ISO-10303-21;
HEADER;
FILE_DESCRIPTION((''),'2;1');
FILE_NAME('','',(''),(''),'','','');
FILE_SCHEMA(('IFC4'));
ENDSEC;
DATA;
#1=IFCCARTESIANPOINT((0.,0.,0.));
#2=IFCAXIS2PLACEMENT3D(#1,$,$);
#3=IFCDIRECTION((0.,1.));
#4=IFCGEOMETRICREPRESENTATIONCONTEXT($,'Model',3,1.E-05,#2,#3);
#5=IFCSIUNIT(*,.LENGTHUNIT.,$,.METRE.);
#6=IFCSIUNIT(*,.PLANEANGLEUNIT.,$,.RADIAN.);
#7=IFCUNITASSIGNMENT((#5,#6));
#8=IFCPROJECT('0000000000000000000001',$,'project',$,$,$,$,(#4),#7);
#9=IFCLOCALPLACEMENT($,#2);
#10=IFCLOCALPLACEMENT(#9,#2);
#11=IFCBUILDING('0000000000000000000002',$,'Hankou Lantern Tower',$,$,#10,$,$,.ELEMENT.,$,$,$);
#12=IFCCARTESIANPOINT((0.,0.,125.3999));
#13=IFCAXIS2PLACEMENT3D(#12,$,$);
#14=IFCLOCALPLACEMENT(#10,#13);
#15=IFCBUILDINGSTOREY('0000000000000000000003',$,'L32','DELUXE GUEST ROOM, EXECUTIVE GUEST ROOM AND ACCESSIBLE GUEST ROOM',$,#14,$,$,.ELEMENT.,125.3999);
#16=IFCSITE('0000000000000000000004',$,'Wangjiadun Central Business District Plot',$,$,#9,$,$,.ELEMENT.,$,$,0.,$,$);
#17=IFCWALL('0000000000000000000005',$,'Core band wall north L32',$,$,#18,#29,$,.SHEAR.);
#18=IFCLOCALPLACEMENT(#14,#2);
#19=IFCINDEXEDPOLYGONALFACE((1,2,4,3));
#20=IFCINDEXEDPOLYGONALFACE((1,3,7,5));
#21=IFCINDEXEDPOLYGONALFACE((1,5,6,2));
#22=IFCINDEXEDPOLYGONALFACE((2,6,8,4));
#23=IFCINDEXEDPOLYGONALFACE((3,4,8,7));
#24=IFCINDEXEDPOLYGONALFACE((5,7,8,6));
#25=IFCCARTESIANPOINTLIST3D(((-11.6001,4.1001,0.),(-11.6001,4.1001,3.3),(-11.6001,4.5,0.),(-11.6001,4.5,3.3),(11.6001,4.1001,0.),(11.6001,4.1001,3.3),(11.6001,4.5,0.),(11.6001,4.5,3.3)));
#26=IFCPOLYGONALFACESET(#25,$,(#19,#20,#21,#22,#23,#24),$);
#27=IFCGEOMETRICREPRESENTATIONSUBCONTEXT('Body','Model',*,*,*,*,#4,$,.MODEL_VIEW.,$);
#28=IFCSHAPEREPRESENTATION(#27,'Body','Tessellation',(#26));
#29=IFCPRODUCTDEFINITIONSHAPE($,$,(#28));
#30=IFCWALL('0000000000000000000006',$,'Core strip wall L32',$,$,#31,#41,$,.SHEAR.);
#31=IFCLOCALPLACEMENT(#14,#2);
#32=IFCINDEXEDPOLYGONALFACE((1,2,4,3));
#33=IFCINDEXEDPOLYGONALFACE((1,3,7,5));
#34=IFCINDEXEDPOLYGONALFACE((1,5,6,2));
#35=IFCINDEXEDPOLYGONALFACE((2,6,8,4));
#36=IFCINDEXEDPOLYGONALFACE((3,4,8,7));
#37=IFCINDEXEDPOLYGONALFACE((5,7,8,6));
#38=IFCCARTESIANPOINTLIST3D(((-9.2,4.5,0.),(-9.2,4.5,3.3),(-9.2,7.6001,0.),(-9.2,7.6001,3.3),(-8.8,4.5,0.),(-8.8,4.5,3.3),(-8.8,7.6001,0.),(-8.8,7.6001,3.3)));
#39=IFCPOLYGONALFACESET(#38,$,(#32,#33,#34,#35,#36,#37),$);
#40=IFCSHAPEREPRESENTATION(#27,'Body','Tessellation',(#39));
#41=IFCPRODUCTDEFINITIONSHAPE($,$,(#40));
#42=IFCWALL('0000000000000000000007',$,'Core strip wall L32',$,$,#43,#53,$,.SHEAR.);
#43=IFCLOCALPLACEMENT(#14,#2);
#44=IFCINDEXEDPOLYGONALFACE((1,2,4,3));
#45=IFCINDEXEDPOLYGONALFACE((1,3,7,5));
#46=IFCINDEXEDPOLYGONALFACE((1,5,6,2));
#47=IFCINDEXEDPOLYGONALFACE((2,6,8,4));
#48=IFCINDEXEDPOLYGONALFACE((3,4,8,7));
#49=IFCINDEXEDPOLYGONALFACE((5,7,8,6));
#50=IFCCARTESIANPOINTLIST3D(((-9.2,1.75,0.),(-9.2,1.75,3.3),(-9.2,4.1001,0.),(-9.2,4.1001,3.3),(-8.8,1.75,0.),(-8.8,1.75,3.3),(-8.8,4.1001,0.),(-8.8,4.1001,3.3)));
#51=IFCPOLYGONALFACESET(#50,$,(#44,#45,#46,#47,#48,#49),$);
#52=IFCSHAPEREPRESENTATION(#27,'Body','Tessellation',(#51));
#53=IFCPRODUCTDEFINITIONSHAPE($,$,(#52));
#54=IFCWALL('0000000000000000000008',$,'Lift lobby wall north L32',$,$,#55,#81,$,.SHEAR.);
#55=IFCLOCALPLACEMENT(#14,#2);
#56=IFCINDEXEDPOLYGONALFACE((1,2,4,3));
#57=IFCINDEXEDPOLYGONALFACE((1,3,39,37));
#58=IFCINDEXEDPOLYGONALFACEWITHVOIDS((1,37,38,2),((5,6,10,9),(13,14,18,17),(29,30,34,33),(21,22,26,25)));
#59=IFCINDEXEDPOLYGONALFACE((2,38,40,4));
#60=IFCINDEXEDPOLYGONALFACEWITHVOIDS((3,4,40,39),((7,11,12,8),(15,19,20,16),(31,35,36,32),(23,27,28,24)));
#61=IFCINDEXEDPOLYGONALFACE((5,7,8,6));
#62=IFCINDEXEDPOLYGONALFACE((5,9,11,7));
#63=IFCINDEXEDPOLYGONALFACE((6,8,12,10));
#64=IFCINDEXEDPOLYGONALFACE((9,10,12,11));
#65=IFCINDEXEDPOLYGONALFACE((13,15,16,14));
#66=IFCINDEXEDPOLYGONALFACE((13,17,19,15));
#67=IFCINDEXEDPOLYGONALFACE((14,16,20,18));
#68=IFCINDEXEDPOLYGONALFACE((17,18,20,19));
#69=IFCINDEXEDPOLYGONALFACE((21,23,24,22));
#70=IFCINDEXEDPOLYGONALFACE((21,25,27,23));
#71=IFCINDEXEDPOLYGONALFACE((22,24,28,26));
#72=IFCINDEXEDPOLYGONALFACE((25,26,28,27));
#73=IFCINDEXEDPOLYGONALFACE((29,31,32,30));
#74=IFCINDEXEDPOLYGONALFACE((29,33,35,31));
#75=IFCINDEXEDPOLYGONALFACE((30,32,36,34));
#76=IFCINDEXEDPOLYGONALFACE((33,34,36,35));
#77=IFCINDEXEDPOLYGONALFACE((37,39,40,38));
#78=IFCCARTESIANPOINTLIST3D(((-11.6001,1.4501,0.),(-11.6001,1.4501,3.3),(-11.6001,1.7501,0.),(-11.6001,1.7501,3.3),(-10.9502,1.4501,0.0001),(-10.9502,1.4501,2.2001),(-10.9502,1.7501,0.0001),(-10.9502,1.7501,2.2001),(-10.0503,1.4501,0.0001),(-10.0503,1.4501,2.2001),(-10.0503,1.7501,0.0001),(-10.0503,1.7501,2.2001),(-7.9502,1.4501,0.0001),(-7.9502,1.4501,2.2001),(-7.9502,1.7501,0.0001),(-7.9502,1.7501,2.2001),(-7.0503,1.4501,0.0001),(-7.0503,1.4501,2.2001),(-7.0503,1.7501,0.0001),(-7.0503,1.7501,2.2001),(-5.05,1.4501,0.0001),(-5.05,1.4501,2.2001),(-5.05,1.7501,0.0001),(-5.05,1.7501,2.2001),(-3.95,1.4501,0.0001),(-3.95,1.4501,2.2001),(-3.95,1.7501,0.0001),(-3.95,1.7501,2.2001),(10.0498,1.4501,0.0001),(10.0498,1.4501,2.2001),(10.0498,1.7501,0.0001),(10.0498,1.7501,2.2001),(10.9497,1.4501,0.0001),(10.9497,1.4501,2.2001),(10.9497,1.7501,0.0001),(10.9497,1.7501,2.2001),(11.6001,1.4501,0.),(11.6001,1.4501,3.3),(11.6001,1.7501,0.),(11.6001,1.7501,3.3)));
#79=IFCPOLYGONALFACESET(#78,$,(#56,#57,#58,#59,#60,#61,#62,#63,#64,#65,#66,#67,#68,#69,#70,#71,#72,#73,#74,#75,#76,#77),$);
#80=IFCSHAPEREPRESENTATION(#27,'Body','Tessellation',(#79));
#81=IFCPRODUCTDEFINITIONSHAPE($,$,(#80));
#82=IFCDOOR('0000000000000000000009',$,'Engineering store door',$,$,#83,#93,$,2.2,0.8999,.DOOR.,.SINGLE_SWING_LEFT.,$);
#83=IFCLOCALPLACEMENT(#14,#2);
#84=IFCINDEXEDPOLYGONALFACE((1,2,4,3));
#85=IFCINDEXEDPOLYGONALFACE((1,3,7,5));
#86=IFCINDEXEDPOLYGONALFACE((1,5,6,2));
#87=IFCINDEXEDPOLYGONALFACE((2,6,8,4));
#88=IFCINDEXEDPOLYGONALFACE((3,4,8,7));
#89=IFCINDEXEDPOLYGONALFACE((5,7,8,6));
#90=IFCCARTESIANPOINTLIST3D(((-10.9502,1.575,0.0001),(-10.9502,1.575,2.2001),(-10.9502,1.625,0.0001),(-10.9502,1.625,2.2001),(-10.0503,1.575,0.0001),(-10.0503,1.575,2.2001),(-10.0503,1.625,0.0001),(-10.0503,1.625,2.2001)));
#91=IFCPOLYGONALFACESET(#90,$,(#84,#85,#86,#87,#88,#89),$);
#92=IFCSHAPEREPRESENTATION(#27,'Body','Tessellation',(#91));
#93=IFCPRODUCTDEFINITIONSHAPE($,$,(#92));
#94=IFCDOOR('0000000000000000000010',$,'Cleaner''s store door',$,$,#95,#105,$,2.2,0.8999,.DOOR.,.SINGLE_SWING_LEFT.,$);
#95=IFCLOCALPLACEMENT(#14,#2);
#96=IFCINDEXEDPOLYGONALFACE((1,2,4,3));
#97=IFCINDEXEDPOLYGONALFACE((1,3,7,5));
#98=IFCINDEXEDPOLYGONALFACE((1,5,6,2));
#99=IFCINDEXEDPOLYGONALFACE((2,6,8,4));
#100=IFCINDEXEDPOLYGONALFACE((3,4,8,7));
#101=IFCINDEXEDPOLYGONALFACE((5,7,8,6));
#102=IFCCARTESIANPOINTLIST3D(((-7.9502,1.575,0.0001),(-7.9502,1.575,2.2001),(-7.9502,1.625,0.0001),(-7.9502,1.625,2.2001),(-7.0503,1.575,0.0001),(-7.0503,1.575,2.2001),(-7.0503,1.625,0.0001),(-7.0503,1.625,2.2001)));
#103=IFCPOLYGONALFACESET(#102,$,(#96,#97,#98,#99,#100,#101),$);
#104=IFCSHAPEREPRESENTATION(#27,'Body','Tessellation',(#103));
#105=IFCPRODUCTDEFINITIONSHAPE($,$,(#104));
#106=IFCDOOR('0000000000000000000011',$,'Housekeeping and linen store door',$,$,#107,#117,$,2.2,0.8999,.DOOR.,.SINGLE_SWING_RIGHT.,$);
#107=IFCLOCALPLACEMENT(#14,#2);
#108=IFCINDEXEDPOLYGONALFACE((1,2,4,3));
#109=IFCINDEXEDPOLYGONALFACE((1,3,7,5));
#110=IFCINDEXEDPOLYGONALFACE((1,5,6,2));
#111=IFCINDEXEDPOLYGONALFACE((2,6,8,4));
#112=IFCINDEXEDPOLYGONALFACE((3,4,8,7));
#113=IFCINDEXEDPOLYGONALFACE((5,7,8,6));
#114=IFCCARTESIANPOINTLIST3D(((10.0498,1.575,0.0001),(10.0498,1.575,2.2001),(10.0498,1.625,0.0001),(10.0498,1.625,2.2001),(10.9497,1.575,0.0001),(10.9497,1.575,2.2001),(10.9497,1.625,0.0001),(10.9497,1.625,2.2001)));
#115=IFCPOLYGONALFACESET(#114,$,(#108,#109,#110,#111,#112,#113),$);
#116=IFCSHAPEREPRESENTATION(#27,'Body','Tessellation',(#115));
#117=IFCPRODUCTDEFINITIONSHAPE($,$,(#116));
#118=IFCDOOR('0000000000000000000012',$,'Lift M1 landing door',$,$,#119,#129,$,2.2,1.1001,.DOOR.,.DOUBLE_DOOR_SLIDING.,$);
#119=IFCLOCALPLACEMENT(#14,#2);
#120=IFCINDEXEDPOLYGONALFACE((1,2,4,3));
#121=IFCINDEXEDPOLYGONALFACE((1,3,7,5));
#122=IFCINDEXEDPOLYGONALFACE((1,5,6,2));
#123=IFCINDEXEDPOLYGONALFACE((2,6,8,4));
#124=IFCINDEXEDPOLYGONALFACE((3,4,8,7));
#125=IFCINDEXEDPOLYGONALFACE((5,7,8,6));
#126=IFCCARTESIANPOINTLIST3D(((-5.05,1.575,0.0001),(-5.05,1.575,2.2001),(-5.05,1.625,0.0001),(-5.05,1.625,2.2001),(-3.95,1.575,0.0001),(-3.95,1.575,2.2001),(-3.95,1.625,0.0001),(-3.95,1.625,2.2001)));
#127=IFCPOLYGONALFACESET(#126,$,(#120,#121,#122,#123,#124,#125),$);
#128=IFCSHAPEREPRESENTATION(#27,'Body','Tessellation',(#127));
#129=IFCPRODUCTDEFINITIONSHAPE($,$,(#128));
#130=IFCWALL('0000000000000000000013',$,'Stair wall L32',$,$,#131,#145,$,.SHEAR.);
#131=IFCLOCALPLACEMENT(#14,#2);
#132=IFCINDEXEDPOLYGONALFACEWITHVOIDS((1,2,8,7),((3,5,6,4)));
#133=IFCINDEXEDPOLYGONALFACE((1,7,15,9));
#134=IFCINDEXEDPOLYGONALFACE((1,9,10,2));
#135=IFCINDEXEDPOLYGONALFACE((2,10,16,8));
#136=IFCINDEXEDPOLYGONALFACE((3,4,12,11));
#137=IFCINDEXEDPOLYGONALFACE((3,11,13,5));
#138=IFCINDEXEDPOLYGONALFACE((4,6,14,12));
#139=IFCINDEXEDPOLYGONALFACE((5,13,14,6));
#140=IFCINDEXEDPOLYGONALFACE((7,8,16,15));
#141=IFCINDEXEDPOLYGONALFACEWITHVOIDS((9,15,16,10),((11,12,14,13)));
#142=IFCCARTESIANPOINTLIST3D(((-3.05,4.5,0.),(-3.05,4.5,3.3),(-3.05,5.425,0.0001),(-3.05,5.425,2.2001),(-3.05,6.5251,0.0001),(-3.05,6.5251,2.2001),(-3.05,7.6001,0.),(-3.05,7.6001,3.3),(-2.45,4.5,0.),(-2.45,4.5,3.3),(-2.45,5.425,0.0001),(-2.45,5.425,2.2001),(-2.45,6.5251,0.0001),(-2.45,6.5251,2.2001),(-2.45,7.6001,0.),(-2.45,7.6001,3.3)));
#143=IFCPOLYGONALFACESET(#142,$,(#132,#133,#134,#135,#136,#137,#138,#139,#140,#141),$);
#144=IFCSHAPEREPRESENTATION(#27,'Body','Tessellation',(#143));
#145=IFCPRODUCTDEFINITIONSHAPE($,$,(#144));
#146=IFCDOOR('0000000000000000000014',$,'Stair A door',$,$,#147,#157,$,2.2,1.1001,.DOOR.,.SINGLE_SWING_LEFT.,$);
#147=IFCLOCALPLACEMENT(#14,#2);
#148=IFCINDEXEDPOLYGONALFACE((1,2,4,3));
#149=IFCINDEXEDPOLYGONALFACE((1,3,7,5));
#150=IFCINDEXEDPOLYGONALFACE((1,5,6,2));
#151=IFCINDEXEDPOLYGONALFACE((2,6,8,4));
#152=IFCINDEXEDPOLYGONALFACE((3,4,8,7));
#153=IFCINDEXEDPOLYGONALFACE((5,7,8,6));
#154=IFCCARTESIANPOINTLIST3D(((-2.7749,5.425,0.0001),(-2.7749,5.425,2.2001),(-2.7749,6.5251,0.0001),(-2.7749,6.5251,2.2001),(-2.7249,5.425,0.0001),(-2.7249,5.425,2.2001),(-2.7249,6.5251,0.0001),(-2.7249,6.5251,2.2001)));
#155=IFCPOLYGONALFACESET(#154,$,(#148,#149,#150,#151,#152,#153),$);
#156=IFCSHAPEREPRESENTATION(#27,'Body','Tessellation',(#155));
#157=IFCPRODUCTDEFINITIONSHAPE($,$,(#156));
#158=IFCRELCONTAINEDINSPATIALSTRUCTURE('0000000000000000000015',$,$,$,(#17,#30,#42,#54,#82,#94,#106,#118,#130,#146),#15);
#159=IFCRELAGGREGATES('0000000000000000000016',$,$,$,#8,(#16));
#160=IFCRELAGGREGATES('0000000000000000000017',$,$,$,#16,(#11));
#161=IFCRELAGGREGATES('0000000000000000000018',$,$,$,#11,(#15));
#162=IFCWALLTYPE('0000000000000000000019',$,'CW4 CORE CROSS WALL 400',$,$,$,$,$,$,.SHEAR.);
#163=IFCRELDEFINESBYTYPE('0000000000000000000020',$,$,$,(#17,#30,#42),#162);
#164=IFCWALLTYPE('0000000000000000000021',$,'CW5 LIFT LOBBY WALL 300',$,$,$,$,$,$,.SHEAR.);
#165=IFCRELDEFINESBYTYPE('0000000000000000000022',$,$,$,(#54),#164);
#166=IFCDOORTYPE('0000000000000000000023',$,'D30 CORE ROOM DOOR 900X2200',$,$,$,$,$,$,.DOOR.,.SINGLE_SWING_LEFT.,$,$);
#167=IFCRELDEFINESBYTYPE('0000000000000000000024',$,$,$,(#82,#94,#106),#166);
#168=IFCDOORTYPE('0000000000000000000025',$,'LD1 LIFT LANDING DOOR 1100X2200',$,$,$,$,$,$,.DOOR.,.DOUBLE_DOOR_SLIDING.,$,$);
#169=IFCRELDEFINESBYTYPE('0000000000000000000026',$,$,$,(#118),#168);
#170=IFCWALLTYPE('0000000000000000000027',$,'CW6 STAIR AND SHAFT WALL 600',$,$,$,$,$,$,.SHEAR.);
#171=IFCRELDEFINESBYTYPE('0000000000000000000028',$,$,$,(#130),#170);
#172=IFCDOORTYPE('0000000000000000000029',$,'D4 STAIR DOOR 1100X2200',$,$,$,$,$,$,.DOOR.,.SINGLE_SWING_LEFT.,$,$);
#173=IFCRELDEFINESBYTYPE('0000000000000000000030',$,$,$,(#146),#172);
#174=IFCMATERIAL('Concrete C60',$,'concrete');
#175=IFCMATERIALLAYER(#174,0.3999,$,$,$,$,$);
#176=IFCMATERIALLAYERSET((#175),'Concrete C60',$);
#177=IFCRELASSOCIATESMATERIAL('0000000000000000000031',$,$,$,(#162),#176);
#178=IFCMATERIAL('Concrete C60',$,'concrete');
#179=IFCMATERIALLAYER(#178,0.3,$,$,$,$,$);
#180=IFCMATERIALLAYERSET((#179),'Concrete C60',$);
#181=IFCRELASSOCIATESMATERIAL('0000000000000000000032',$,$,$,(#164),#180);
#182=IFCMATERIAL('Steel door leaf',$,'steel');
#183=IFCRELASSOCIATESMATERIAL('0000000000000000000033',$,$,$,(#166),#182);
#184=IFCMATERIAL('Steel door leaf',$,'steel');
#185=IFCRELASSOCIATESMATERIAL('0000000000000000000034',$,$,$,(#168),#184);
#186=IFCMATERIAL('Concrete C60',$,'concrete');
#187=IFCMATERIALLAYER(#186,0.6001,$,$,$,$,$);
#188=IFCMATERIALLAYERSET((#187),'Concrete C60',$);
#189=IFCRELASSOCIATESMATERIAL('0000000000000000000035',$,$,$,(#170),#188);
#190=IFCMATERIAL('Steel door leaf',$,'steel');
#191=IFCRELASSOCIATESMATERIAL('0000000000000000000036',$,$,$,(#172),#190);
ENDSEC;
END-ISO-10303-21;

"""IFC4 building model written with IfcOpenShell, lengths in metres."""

from ifc_helpers import new_model, si_unit, direction, frame, frame_2d, origin, place, context, subcontext, project, spatial, rectangle, extrude, material, layer, layer_set, type_object, element, fill, save


model = new_model("IFC4")

# Units and contexts
model_context = context("Model", 3, precision=1e-05, world=origin(), true_north=direction((0.0, 1.0)))
body_context = subcontext(model_context, "Body", "Model", "MODEL_VIEW")
ifc_project = project(units=[si_unit("LENGTHUNIT", "METRE"), si_unit("PLANEANGLEUNIT", "RADIAN")], contexts=[model_context])

# Site, building, storey
site_placement = place(None, origin())
site = spatial("IfcSite", under=ifc_project, at=site_placement, Name="Wangjiadun Central Business District Plot", CompositionType="ELEMENT", RefElevation=0.0)
building_placement = place(site_placement, origin())
building = spatial("IfcBuilding", under=site, at=building_placement, Name="Hankou Lantern Tower", CompositionType="ELEMENT")
storey_placement = place(building_placement, frame((0.0, 0.0, 125.3999)))
storey = spatial("IfcBuildingStorey", under=building, at=storey_placement, Name="L32", Description="DELUXE GUEST ROOM, EXECUTIVE GUEST ROOM AND ACCESSIBLE GUEST ROOM", CompositionType="ELEMENT", Elevation=125.3999)

# Walls
ifc_material_1 = material(Name="Concrete C60", Category="concrete")
ifc_layer_1 = layer(ifc_material_1, 0.3999)
ifc_layer_set_1 = layer_set([ifc_layer_1], Name="Concrete C60")
wall_type_1 = type_object("IfcWallType", Name="CW4 CORE CROSS WALL 400", PredefinedType="SHEAR", material=ifc_layer_set_1)
wall_1_placement = place(storey_placement, frame((-11.6001, 4.3, 0.0), z_axis=(0.0, 0.0, 1.0), x_axis=(1.0, 0.0, 0.0)))
element("IfcWall", 1, at=wall_1_placement, inside=storey, type_object=wall_type_1, Name="Core band wall north L32", PredefinedType="SHEAR", context=body_context, shape_type="SweptSolid", body=[
    extrude(rectangle(XDim=23.2002, YDim=0.3999, at=frame_2d((11.6001, 0.0))), origin(), (0.0, 0.0, 1.0), 3.3),
])
wall_2_placement = place(storey_placement, frame((-9.0, 4.5, 0.0), z_axis=(0.0, 0.0, 1.0), x_axis=(0.0, 1.0, 0.0)))
element("IfcWall", 2, at=wall_2_placement, inside=storey, type_object=wall_type_1, Name="Core strip wall L32", PredefinedType="SHEAR", context=body_context, shape_type="SweptSolid", body=[
    extrude(rectangle(XDim=3.1001, YDim=0.3999, at=frame_2d((1.55, 0.0))), origin(), (0.0, 0.0, 1.0), 3.3),
])
wall_3_placement = place(storey_placement, frame((-9.0, 1.75, 0.0), z_axis=(0.0, 0.0, 1.0), x_axis=(0.0, 1.0, 0.0)))
element("IfcWall", 3, at=wall_3_placement, inside=storey, type_object=wall_type_1, Name="Core strip wall L32", PredefinedType="SHEAR", context=body_context, shape_type="SweptSolid", body=[
    extrude(rectangle(XDim=2.3501, YDim=0.3999, at=frame_2d((1.175, 0.0))), origin(), (0.0, 0.0, 1.0), 3.3),
])

# Wall, openings, doors
ifc_material_2 = material(Name="Concrete C60", Category="concrete")
ifc_layer_2 = layer(ifc_material_2, 0.3)
ifc_layer_set_2 = layer_set([ifc_layer_2], Name="Concrete C60")
wall_type_2 = type_object("IfcWallType", Name="CW5 LIFT LOBBY WALL 300", PredefinedType="SHEAR", material=ifc_layer_set_2)
wall_4_placement = place(storey_placement, frame((-11.6001, 1.6001, 0.0), z_axis=(0.0, 0.0, 1.0), x_axis=(1.0, 0.0, 0.0)))
wall_4 = element("IfcWall", 4, at=wall_4_placement, inside=storey, type_object=wall_type_2, Name="Lift lobby wall north L32", PredefinedType="SHEAR", context=body_context, shape_type="SweptSolid", body=[
    extrude(rectangle(XDim=23.2002, YDim=0.3, at=frame_2d((11.6001, 0.0))), origin(), (0.0, 0.0, 1.0), 3.3),
])
opening_1_placement = place(wall_4_placement, frame((6.55, 0.0, 0.0)))
opening_1 = element("IfcOpeningElement", 5, at=opening_1_placement, cuts=wall_4, PredefinedType="OPENING", context=body_context, shape_type="SweptSolid", body=[
    extrude(rectangle(XDim=1.1001, YDim=2.2, at=frame_2d((0.55, 1.1001))), frame((0.0, 0.1599, 0.0), z_axis=(0.0, -1.0, 0.0), x_axis=(1.0, 0.0, 0.0)), (0.0, 0.0, 1.0), 0.3201),
])
opening_2_placement = place(wall_4_placement, frame((0.6499, 0.0, 0.0)))
opening_2 = element("IfcOpeningElement", 6, at=opening_2_placement, cuts=wall_4, PredefinedType="OPENING", context=body_context, shape_type="SweptSolid", body=[
    extrude(rectangle(XDim=0.8999, YDim=2.2, at=frame_2d((0.45, 1.1001))), frame((0.0, 0.1599, 0.0), z_axis=(0.0, -1.0, 0.0), x_axis=(1.0, 0.0, 0.0)), (0.0, 0.0, 1.0), 0.3201),
])
opening_3_placement = place(wall_4_placement, frame((3.6499, 0.0, 0.0)))
opening_3 = element("IfcOpeningElement", 7, at=opening_3_placement, cuts=wall_4, PredefinedType="OPENING", context=body_context, shape_type="SweptSolid", body=[
    extrude(rectangle(XDim=0.8999, YDim=2.2, at=frame_2d((0.45, 1.1001))), frame((0.0, 0.1599, 0.0), z_axis=(0.0, -1.0, 0.0), x_axis=(1.0, 0.0, 0.0)), (0.0, 0.0, 1.0), 0.3201),
])
opening_4_placement = place(wall_4_placement, frame((21.6499, 0.0, 0.0)))
opening_4 = element("IfcOpeningElement", 8, at=opening_4_placement, cuts=wall_4, PredefinedType="OPENING", context=body_context, shape_type="SweptSolid", body=[
    extrude(rectangle(XDim=0.8999, YDim=2.2, at=frame_2d((0.45, 1.1001))), frame((0.0, 0.1599, 0.0), z_axis=(0.0, -1.0, 0.0), x_axis=(1.0, 0.0, 0.0)), (0.0, 0.0, 1.0), 0.3201),
])
ifc_material_3 = material(Name="Steel door leaf", Category="steel")
door_type_1 = type_object("IfcDoorType", Name="D30 CORE ROOM DOOR 900X2200", OperationType="SINGLE_SWING_LEFT", PredefinedType="DOOR", material=ifc_material_3)
door_1_placement = place(opening_2_placement, origin())
door_1 = element("IfcDoor", 9, at=door_1_placement, inside=storey, type_object=door_type_1, Name="Engineering store door", OperationType="SINGLE_SWING_LEFT", OverallHeight=2.2, OverallWidth=0.8999, PredefinedType="DOOR", context=body_context, shape_type="SweptSolid", body=[
    extrude(rectangle(XDim=0.8999, YDim=2.2, at=frame_2d((0.45, 1.1001))), frame((0.0, 0.0249, 0.0), z_axis=(0.0, -1.0, 0.0), x_axis=(1.0, 0.0, 0.0)), (0.0, 0.0, 1.0), 0.05),
])
fill(opening_2, door_1)
door_2_placement = place(opening_3_placement, origin())
door_2 = element("IfcDoor", 10, at=door_2_placement, inside=storey, type_object=door_type_1, Name="Cleaner's store door", OperationType="SINGLE_SWING_LEFT", OverallHeight=2.2, OverallWidth=0.8999, PredefinedType="DOOR", context=body_context, shape_type="SweptSolid", body=[
    extrude(rectangle(XDim=0.8999, YDim=2.2, at=frame_2d((0.45, 1.1001))), frame((0.0, 0.0249, 0.0), z_axis=(0.0, -1.0, 0.0), x_axis=(1.0, 0.0, 0.0)), (0.0, 0.0, 1.0), 0.05),
])
fill(opening_3, door_2)
door_3_placement = place(opening_4_placement, origin())
door_3 = element("IfcDoor", 11, at=door_3_placement, inside=storey, type_object=door_type_1, Name="Housekeeping and linen store door", OperationType="SINGLE_SWING_RIGHT", OverallHeight=2.2, OverallWidth=0.8999, PredefinedType="DOOR", context=body_context, shape_type="SweptSolid", body=[
    extrude(rectangle(XDim=0.8999, YDim=2.2, at=frame_2d((0.45, 1.1001))), frame((0.0, 0.0249, 0.0), z_axis=(0.0, -1.0, 0.0), x_axis=(1.0, 0.0, 0.0)), (0.0, 0.0, 1.0), 0.05),
])
fill(opening_4, door_3)
ifc_material_4 = material(Name="Steel door leaf", Category="steel")
door_type_2 = type_object("IfcDoorType", Name="LD1 LIFT LANDING DOOR 1100X2200", OperationType="DOUBLE_DOOR_SLIDING", PredefinedType="DOOR", material=ifc_material_4)
door_4_placement = place(opening_1_placement, origin())
door_4 = element("IfcDoor", 12, at=door_4_placement, inside=storey, type_object=door_type_2, Name="Lift M1 landing door", OperationType="DOUBLE_DOOR_SLIDING", OverallHeight=2.2, OverallWidth=1.1001, PredefinedType="DOOR", context=body_context, shape_type="SweptSolid", body=[
    extrude(rectangle(XDim=1.1001, YDim=2.2, at=frame_2d((0.55, 1.1001))), frame((0.0, 0.0249, 0.0), z_axis=(0.0, -1.0, 0.0), x_axis=(1.0, 0.0, 0.0)), (0.0, 0.0, 1.0), 0.05),
])
fill(opening_1, door_4)

# Wall, opening, door
ifc_material_5 = material(Name="Concrete C60", Category="concrete")
ifc_layer_3 = layer(ifc_material_5, 0.6001)
ifc_layer_set_3 = layer_set([ifc_layer_3], Name="Concrete C60")
wall_type_3 = type_object("IfcWallType", Name="CW6 STAIR AND SHAFT WALL 600", PredefinedType="SHEAR", material=ifc_layer_set_3)
wall_5_placement = place(storey_placement, frame((-2.75, 4.5, 0.0), z_axis=(0.0, 0.0, 1.0), x_axis=(0.0, 1.0, 0.0)))
wall_5 = element("IfcWall", 13, at=wall_5_placement, inside=storey, type_object=wall_type_3, Name="Stair wall L32", PredefinedType="SHEAR", context=body_context, shape_type="SweptSolid", body=[
    extrude(rectangle(XDim=3.1001, YDim=0.6001, at=frame_2d((1.55, 0.0))), origin(), (0.0, 0.0, 1.0), 3.3),
])
opening_5_placement = place(wall_5_placement, frame((0.925, 0.0, 0.0)))
opening_5 = element("IfcOpeningElement", 14, at=opening_5_placement, cuts=wall_5, PredefinedType="OPENING", context=body_context, shape_type="SweptSolid", body=[
    extrude(rectangle(XDim=1.1001, YDim=2.2, at=frame_2d((0.55, 1.1001))), frame((0.0, 0.3101, 0.0), z_axis=(0.0, -1.0, 0.0), x_axis=(1.0, 0.0, 0.0)), (0.0, 0.0, 1.0), 0.6201),
])
ifc_material_6 = material(Name="Steel door leaf", Category="steel")
door_type_3 = type_object("IfcDoorType", Name="D4 STAIR DOOR 1100X2200", OperationType="SINGLE_SWING_LEFT", PredefinedType="DOOR", material=ifc_material_6)
door_5_placement = place(opening_5_placement, origin())
door_5 = element("IfcDoor", 15, at=door_5_placement, inside=storey, type_object=door_type_3, Name="Stair A door", OperationType="SINGLE_SWING_LEFT", OverallHeight=2.2, OverallWidth=1.1001, PredefinedType="DOOR", context=body_context, shape_type="SweptSolid", body=[
    extrude(rectangle(XDim=1.1001, YDim=2.2, at=frame_2d((0.55, 1.1001))), frame((0.0, 0.0249, 0.0), z_axis=(0.0, -1.0, 0.0), x_axis=(1.0, 0.0, 0.0)), (0.0, 0.0, 1.0), 0.05),
])
fill(opening_5, door_5)

save(model, "model.ifc")
